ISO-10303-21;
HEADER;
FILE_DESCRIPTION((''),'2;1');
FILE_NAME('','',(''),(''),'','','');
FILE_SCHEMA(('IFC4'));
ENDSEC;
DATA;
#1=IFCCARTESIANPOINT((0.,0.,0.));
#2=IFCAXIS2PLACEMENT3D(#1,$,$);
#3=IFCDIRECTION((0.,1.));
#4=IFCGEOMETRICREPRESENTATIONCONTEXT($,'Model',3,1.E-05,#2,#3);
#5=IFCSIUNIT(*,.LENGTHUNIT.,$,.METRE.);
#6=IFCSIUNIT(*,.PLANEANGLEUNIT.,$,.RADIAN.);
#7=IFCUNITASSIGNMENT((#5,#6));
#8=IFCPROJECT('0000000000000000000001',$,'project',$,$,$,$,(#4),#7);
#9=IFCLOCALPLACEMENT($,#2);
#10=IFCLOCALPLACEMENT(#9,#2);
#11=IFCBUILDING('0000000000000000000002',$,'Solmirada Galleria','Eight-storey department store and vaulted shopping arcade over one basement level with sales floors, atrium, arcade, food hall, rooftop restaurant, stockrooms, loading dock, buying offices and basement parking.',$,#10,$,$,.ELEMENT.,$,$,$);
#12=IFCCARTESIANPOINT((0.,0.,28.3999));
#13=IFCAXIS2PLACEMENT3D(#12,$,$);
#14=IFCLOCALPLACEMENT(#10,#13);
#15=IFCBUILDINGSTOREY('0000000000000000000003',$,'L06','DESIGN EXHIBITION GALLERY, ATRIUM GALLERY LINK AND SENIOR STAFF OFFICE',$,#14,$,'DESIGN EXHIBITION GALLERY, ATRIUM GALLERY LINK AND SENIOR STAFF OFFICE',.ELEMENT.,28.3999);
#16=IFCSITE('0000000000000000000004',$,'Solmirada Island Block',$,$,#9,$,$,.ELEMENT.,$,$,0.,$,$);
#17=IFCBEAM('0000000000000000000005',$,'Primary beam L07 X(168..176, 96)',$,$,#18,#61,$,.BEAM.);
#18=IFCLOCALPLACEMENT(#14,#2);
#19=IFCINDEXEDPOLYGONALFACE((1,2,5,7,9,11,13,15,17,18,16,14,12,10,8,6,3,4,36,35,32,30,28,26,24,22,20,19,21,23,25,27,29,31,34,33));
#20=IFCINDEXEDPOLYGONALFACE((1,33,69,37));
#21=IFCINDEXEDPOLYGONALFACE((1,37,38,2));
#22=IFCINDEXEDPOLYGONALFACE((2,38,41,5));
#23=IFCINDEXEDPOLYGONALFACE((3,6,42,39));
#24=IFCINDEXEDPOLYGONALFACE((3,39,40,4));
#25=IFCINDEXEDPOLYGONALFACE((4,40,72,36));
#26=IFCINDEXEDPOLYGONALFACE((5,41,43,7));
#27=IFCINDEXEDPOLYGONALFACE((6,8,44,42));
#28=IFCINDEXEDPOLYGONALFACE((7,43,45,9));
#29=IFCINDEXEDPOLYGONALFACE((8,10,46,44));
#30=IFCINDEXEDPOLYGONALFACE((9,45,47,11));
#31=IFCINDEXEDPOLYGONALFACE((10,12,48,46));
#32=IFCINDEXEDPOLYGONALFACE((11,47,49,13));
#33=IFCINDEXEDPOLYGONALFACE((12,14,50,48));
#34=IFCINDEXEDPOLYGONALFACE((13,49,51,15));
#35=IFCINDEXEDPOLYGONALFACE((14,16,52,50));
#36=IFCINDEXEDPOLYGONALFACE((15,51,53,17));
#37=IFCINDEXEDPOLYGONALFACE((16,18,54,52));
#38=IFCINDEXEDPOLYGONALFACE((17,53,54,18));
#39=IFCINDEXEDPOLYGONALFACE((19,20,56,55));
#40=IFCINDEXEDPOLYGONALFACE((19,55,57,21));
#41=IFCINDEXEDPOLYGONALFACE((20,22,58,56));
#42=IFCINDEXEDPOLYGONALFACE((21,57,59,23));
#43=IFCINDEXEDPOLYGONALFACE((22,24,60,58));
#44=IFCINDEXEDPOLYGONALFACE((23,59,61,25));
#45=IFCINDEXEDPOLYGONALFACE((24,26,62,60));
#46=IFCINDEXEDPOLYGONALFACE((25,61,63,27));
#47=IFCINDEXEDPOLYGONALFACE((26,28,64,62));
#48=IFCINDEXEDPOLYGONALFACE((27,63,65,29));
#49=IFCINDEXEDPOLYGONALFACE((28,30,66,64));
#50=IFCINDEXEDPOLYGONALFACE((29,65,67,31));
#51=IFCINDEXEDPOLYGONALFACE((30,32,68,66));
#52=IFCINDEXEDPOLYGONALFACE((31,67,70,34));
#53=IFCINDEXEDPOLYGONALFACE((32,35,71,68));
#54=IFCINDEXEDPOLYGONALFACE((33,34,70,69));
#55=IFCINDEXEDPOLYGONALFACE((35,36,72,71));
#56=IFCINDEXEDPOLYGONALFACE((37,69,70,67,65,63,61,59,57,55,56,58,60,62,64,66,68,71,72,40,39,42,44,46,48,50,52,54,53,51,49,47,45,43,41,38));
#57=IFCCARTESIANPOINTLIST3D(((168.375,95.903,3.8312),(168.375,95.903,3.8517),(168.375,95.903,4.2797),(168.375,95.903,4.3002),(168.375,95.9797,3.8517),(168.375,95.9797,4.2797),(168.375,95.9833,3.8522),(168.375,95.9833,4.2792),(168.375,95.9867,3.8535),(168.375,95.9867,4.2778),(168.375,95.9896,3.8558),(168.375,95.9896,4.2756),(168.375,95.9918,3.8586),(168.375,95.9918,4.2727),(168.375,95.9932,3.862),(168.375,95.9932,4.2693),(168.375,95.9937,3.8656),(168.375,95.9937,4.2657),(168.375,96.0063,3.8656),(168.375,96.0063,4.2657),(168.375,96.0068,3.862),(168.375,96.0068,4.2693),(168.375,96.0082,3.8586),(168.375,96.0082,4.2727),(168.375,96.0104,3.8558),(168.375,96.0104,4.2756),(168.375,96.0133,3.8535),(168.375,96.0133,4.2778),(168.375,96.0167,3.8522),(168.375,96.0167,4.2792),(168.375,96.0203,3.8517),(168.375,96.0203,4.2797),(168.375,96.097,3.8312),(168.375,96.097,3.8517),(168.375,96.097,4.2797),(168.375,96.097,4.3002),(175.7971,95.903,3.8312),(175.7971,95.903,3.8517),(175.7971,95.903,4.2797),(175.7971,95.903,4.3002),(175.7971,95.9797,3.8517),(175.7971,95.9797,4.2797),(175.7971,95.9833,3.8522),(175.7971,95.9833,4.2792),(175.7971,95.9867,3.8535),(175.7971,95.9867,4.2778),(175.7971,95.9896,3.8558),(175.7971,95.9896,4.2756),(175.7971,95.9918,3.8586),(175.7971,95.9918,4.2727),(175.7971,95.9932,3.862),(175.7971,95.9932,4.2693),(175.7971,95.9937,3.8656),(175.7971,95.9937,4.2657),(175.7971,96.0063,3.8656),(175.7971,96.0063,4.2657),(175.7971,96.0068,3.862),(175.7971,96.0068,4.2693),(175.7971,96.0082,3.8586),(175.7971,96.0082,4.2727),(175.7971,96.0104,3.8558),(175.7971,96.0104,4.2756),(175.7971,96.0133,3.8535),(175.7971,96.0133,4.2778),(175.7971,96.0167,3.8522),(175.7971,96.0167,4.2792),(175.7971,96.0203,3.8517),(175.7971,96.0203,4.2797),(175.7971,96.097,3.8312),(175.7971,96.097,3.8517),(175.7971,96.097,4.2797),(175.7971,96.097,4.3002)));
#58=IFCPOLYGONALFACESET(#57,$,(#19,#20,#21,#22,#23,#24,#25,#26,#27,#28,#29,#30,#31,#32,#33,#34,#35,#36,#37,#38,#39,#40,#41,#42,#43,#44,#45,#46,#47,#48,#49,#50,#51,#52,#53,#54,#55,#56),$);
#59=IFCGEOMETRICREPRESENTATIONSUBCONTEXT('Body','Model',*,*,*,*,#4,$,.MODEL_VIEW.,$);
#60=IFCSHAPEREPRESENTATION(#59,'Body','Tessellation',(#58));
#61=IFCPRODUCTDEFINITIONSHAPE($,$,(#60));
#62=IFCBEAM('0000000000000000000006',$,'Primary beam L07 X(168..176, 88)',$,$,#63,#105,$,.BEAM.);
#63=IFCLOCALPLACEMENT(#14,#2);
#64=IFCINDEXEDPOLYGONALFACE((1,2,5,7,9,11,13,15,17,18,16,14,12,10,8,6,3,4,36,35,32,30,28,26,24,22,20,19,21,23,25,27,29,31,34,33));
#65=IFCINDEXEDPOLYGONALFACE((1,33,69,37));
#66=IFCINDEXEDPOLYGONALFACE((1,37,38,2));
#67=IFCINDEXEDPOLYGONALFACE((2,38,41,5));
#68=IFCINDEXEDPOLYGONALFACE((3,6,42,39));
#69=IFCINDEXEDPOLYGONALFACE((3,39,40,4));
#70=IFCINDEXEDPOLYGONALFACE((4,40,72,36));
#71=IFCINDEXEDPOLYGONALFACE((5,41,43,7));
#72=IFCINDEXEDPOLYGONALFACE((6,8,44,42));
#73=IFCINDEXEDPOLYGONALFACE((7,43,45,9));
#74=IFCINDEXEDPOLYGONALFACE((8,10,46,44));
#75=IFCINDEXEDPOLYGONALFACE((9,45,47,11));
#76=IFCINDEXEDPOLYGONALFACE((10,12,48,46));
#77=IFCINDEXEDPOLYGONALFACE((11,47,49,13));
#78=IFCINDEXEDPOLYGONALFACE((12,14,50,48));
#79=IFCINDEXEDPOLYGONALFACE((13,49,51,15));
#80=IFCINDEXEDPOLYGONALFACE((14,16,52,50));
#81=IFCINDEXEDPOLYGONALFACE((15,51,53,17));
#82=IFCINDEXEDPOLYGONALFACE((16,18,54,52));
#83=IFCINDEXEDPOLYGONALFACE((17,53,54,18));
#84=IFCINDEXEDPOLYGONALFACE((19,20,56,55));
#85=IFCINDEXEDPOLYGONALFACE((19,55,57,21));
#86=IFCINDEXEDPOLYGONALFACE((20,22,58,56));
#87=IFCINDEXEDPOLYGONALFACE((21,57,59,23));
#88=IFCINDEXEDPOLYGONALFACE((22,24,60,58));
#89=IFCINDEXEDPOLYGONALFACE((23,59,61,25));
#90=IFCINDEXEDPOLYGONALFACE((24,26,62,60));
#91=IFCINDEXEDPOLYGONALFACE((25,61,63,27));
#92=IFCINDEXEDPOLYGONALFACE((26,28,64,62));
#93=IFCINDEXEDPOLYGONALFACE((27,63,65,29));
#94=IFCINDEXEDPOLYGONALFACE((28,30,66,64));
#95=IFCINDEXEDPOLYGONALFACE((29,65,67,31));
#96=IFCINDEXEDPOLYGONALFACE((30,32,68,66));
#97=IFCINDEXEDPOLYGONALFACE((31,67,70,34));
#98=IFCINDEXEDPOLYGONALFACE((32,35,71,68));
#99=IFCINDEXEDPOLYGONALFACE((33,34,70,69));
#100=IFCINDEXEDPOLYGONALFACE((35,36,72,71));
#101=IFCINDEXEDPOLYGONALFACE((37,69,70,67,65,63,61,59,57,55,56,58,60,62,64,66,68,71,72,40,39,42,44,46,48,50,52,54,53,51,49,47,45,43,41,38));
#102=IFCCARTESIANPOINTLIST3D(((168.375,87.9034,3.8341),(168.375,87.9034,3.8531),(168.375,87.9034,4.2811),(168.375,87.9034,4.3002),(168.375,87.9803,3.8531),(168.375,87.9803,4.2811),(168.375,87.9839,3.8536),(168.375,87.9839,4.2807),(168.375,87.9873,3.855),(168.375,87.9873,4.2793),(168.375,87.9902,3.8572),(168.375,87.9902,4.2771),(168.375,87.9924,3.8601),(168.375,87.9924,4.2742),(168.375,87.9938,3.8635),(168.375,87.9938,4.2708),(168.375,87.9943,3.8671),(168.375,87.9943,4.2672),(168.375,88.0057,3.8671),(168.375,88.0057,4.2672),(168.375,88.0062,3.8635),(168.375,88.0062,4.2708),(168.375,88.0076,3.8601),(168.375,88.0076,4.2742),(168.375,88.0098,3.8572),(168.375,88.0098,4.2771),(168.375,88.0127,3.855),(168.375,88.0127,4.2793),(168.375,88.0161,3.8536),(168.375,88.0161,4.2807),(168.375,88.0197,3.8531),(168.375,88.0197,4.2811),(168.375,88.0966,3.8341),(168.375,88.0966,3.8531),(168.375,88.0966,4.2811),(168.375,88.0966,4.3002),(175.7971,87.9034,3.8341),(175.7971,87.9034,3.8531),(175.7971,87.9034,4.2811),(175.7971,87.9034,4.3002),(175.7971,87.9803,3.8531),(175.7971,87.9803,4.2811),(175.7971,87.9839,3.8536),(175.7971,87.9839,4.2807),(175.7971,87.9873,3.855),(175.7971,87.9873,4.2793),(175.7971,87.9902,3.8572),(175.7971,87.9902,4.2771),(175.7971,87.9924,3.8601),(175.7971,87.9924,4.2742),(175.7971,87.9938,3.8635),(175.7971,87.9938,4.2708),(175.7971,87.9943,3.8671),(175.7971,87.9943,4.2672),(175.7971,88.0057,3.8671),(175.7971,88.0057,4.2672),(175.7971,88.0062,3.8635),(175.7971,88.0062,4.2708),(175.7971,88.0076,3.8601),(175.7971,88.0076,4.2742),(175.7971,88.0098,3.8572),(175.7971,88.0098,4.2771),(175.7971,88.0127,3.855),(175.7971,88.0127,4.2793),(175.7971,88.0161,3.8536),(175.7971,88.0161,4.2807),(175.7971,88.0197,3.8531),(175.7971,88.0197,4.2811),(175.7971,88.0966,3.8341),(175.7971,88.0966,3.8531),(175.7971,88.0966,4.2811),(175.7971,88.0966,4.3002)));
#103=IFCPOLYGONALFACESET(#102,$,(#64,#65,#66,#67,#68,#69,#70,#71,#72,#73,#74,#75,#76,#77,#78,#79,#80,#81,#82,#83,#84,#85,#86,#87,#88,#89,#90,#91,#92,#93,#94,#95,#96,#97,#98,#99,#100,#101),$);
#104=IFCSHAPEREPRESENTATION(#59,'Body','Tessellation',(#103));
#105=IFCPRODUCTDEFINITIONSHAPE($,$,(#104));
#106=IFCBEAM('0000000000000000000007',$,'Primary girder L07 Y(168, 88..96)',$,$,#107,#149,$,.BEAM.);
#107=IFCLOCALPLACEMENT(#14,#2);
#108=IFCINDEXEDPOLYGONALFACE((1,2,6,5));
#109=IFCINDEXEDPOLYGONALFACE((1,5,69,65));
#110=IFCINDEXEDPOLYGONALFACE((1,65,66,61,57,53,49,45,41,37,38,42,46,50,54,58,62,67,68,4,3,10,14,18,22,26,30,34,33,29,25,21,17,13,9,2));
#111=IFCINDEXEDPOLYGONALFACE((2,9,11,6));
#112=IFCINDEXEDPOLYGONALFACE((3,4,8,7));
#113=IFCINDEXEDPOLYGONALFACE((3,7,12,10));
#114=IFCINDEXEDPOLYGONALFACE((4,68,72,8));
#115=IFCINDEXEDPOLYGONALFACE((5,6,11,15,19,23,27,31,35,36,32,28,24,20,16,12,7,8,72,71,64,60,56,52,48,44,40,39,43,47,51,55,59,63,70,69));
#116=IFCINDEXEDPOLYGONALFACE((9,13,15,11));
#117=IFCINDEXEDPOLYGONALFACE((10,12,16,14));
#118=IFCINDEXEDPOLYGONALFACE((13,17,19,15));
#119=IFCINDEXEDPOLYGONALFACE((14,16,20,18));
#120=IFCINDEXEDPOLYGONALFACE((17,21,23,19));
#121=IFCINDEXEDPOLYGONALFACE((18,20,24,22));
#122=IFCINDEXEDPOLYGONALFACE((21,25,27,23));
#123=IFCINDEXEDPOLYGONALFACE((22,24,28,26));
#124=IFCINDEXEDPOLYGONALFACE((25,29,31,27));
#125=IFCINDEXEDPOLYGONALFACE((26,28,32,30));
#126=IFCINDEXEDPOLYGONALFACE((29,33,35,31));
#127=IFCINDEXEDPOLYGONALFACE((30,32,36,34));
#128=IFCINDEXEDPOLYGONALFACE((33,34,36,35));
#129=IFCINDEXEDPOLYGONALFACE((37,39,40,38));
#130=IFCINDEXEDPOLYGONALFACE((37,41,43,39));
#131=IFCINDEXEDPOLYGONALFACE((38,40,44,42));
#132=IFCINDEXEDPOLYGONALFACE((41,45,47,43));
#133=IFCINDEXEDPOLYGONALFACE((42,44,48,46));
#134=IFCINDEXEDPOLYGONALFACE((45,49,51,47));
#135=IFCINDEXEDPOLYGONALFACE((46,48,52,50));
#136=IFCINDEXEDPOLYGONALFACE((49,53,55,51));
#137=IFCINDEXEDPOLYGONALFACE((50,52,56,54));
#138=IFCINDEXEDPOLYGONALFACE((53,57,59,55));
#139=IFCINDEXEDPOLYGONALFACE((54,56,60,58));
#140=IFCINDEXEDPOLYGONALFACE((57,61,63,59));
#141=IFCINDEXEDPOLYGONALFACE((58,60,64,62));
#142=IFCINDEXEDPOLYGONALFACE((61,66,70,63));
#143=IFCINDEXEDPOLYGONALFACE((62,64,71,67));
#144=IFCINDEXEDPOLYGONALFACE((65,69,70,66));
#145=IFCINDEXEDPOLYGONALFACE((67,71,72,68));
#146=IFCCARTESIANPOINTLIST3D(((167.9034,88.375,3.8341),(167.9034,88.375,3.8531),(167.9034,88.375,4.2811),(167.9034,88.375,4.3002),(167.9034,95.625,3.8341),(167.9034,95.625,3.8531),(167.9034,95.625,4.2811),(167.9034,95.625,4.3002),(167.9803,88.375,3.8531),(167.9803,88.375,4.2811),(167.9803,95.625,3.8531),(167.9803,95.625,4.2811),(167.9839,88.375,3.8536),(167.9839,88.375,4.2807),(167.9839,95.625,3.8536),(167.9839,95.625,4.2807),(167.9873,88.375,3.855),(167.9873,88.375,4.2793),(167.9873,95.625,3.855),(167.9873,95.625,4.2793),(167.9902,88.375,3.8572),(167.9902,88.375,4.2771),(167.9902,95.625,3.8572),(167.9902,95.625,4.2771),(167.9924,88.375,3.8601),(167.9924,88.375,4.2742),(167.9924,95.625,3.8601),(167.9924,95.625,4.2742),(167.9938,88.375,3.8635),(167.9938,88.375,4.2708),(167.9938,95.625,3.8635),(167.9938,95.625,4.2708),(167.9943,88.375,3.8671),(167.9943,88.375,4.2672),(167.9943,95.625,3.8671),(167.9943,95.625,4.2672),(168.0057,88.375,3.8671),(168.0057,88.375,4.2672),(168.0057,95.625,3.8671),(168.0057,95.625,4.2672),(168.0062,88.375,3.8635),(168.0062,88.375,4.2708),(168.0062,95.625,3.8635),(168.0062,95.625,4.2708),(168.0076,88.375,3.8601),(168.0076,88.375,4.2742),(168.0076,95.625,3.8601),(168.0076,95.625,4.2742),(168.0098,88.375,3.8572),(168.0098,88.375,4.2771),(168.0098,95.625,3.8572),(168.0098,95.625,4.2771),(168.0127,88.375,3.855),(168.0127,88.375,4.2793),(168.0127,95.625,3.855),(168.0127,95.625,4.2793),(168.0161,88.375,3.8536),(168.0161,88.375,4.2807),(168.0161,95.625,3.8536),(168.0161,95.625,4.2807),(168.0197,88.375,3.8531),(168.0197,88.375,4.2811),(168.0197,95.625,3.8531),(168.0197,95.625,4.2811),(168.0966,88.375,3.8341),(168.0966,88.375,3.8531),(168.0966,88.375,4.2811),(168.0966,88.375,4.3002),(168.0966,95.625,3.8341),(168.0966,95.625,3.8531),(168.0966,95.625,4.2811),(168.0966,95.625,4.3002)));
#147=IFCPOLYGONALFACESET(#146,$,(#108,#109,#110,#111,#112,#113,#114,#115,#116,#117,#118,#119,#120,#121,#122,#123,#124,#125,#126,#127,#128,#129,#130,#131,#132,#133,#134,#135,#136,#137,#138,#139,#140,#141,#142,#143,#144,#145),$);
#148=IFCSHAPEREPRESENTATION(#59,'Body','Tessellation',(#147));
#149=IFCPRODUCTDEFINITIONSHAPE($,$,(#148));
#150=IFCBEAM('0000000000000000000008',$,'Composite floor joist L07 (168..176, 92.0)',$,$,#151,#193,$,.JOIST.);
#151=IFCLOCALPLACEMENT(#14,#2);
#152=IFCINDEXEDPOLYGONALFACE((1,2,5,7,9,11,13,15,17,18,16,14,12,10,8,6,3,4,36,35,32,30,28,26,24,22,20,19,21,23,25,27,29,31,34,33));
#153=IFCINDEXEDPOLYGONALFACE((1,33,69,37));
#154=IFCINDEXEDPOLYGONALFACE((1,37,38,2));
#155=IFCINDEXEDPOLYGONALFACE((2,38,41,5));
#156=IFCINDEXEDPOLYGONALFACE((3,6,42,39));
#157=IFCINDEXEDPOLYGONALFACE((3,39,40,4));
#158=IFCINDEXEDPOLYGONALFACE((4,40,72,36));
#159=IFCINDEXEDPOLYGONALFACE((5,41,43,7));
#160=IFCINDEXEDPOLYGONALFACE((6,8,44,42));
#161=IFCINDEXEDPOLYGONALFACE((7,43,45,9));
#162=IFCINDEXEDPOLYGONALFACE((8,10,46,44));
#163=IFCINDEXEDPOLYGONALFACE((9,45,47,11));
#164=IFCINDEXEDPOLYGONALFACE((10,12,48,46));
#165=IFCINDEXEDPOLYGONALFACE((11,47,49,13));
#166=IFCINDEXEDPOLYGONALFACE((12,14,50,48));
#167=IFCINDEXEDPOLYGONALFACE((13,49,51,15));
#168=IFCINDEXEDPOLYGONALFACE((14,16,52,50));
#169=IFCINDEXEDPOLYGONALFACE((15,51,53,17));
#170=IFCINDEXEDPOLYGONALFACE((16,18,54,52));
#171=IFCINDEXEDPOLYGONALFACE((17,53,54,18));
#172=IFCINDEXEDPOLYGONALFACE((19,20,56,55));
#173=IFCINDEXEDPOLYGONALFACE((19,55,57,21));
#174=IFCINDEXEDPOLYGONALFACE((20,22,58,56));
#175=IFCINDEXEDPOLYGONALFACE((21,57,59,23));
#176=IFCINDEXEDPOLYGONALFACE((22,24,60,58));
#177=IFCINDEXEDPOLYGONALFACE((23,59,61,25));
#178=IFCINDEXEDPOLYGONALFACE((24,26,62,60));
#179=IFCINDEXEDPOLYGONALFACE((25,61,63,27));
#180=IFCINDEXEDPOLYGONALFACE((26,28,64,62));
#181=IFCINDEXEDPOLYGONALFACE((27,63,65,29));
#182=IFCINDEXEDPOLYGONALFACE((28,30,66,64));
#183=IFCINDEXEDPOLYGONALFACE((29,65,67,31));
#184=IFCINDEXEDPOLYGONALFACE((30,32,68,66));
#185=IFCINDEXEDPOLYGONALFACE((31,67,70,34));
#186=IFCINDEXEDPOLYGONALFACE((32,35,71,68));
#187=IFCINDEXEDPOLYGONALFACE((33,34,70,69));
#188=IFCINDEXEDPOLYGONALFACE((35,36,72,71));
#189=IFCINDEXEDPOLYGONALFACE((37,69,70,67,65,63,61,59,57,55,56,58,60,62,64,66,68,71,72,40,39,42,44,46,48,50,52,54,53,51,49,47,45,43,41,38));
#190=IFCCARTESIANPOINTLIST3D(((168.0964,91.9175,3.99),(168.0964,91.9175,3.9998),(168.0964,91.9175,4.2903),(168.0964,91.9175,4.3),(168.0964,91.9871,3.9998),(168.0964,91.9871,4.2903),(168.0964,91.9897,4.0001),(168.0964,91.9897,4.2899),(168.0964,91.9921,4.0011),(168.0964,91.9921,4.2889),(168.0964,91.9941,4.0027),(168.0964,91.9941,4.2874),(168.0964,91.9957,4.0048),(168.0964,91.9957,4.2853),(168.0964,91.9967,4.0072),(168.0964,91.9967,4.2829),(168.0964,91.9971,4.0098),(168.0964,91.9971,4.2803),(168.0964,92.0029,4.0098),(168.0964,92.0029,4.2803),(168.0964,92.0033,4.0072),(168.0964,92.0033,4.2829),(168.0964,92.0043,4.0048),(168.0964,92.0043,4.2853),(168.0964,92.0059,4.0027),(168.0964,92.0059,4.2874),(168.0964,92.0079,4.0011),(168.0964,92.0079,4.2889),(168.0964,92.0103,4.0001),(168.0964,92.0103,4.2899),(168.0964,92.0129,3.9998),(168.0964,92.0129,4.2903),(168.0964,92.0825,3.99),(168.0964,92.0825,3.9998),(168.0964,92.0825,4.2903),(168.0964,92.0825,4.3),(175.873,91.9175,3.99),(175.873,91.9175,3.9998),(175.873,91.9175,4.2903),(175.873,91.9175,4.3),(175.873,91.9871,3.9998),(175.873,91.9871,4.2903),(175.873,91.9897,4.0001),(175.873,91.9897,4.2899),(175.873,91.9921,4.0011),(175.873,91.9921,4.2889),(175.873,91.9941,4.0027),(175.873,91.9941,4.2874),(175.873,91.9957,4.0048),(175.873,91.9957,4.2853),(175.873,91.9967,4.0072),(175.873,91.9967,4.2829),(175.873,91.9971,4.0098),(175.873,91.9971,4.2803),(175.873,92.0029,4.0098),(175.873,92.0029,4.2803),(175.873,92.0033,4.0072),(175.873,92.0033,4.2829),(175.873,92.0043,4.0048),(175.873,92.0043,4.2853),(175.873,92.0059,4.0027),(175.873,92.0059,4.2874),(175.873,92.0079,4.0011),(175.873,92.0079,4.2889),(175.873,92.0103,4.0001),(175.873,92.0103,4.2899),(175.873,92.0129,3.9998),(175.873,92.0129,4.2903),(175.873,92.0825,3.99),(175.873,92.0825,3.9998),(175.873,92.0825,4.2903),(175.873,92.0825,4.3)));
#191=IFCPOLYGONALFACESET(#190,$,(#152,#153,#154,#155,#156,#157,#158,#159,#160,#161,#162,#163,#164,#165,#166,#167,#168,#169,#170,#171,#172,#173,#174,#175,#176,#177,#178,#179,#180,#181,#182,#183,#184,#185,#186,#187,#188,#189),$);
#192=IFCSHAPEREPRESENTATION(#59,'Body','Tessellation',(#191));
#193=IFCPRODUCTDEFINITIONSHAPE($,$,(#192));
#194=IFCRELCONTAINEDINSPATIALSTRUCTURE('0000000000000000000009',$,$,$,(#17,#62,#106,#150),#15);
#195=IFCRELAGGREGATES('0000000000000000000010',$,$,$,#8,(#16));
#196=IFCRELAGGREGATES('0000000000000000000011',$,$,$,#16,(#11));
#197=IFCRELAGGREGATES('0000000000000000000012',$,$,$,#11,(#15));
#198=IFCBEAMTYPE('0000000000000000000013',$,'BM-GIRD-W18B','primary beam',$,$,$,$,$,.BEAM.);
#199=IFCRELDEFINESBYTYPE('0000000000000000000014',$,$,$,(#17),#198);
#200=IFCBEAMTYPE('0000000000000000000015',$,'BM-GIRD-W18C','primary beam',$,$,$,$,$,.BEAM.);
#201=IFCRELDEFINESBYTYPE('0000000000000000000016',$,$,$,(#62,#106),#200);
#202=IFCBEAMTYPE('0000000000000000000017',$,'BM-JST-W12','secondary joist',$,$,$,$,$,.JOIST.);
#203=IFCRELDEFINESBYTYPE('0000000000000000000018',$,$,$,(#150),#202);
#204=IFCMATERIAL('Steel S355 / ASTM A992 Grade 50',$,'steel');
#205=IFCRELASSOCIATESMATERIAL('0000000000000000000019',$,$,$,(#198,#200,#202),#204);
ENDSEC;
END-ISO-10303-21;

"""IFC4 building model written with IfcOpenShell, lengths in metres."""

from ifc_helpers import new_model, si_unit, direction, frame, origin, origin_2d, place, context, subcontext, project, spatial, i_section, extrude, material, material_profile, profile_set, type_object, element, save


model = new_model("IFC4")

# Units and contexts
model_context = context("Model", 3, precision=1e-05, world=origin(), true_north=direction((0.0, 1.0)))
body_context = subcontext(model_context, "Body", "Model", "MODEL_VIEW")
ifc_project = project(units=[si_unit("LENGTHUNIT", "METRE"), si_unit("PLANEANGLEUNIT", "RADIAN")], contexts=[model_context])

# Site, building, storey
site_placement = place(None, origin())
site = spatial("IfcSite", under=ifc_project, at=site_placement, Name="Solmirada Island Block", CompositionType="ELEMENT", RefElevation=0.0)
building_placement = place(site_placement, origin())
building = spatial("IfcBuilding", under=site, at=building_placement, Name="Solmirada Galleria", Description="Eight-storey department store and vaulted shopping arcade over one basement level with sales floors, atrium, arcade, food hall, rooftop restaurant, stockrooms, loading dock, buying offices and basement parking.", CompositionType="ELEMENT")
storey_placement = place(building_placement, frame((0.0, 0.0, 28.3999)))
storey = spatial("IfcBuildingStorey", under=building, at=storey_placement, Name="L06", Description="DESIGN EXHIBITION GALLERY, ATRIUM GALLERY LINK AND SENIOR STAFF OFFICE", LongName="DESIGN EXHIBITION GALLERY, ATRIUM GALLERY LINK AND SENIOR STAFF OFFICE", CompositionType="ELEMENT", Elevation=28.3999)

# Beams
ifc_material_1 = material(Name="Steel S355 / ASTM A992 Grade 50", Category="steel")
ifc_material_profile_1 = material_profile(ifc_material_1, i_section(OverallWidth=0.1941, OverallDepth=0.469, WebThickness=0.0127, FlangeThickness=0.0205, FilletRadius=0.0139, at=origin_2d()), Name="W18X71")
ifc_profile_set_1 = profile_set([ifc_material_profile_1], Name="Steel S355 / ASTM A992 Grade 50")
beam_type_1 = type_object("IfcBeamType", Name="BM-GIRD-W18B", Description="primary beam", PredefinedType="BEAM", material=ifc_profile_set_1)
beam_1_placement = place(storey_placement, frame((168.375, 96.0, 4.0657), z_axis=(1.0, 0.0, 0.0), x_axis=(0.0, 1.0, 0.0)))
element("IfcBeam", 1, at=beam_1_placement, inside=storey, type_object=beam_type_1, Name="Primary beam L07 X(168..176, 96)", PredefinedType="BEAM", context=body_context, shape_type="SweptSolid", body=[
    extrude(i_section(OverallWidth=0.1941, OverallDepth=0.469, WebThickness=0.0127, FlangeThickness=0.0205, FilletRadius=0.0139, at=origin_2d()), origin(), (0.0, 0.0, 1.0), 7.4221),
])
ifc_material_profile_2 = material_profile(ifc_material_1, i_section(OverallWidth=0.1931, OverallDepth=0.4661, WebThickness=0.0115, FlangeThickness=0.019, FilletRadius=0.0139, at=origin_2d()), Name="W18X65")
ifc_profile_set_2 = profile_set([ifc_material_profile_2], Name="Steel S355 / ASTM A992 Grade 50")
beam_type_2 = type_object("IfcBeamType", Name="BM-GIRD-W18C", Description="primary beam", PredefinedType="BEAM", material=ifc_profile_set_2)
beam_2_placement = place(storey_placement, frame((168.375, 88.0, 4.0671), z_axis=(1.0, 0.0, 0.0), x_axis=(0.0, 1.0, 0.0)))
element("IfcBeam", 2, at=beam_2_placement, inside=storey, type_object=beam_type_2, Name="Primary beam L07 X(168..176, 88)", PredefinedType="BEAM", context=body_context, shape_type="SweptSolid", body=[
    extrude(i_section(OverallWidth=0.1931, OverallDepth=0.4661, WebThickness=0.0115, FlangeThickness=0.019, FilletRadius=0.0139, at=origin_2d()), origin(), (0.0, 0.0, 1.0), 7.4221),
])
beam_3_placement = place(storey_placement, frame((168.0, 88.375, 4.0671), z_axis=(0.0, 1.0, 0.0), x_axis=(-1.0, 0.0, 0.0)))
element("IfcBeam", 3, at=beam_3_placement, inside=storey, type_object=beam_type_2, Name="Primary girder L07 Y(168, 88..96)", PredefinedType="BEAM", context=body_context, shape_type="SweptSolid", body=[
    extrude(i_section(OverallWidth=0.1931, OverallDepth=0.4661, WebThickness=0.0115, FlangeThickness=0.019, FilletRadius=0.0139, at=origin_2d()), origin(), (0.0, 0.0, 1.0), 7.25),
])
ifc_material_profile_3 = material_profile(ifc_material_1, i_section(OverallWidth=0.165, OverallDepth=0.3101, WebThickness=0.0059, FlangeThickness=0.0098, FilletRadius=0.01, at=origin_2d()), Name="W12X26")
ifc_profile_set_3 = profile_set([ifc_material_profile_3], Name="Steel S355 / ASTM A992 Grade 50")
beam_type_3 = type_object("IfcBeamType", Name="BM-JST-W12", Description="secondary joist", PredefinedType="JOIST", material=ifc_profile_set_3)
beam_4_placement = place(storey_placement, frame((168.0964, 92.0, 4.145), z_axis=(1.0, 0.0, 0.0), x_axis=(0.0, 1.0, 0.0)))
element("IfcBeam", 4, at=beam_4_placement, inside=storey, type_object=beam_type_3, Name="Composite floor joist L07 (168..176, 92.0)", PredefinedType="JOIST", context=body_context, shape_type="SweptSolid", body=[
    extrude(i_section(OverallWidth=0.165, OverallDepth=0.3101, WebThickness=0.0059, FlangeThickness=0.0098, FilletRadius=0.01, at=origin_2d()), origin(), (0.0, 0.0, 1.0), 7.7766),
])

save(model, "model.ifc")
